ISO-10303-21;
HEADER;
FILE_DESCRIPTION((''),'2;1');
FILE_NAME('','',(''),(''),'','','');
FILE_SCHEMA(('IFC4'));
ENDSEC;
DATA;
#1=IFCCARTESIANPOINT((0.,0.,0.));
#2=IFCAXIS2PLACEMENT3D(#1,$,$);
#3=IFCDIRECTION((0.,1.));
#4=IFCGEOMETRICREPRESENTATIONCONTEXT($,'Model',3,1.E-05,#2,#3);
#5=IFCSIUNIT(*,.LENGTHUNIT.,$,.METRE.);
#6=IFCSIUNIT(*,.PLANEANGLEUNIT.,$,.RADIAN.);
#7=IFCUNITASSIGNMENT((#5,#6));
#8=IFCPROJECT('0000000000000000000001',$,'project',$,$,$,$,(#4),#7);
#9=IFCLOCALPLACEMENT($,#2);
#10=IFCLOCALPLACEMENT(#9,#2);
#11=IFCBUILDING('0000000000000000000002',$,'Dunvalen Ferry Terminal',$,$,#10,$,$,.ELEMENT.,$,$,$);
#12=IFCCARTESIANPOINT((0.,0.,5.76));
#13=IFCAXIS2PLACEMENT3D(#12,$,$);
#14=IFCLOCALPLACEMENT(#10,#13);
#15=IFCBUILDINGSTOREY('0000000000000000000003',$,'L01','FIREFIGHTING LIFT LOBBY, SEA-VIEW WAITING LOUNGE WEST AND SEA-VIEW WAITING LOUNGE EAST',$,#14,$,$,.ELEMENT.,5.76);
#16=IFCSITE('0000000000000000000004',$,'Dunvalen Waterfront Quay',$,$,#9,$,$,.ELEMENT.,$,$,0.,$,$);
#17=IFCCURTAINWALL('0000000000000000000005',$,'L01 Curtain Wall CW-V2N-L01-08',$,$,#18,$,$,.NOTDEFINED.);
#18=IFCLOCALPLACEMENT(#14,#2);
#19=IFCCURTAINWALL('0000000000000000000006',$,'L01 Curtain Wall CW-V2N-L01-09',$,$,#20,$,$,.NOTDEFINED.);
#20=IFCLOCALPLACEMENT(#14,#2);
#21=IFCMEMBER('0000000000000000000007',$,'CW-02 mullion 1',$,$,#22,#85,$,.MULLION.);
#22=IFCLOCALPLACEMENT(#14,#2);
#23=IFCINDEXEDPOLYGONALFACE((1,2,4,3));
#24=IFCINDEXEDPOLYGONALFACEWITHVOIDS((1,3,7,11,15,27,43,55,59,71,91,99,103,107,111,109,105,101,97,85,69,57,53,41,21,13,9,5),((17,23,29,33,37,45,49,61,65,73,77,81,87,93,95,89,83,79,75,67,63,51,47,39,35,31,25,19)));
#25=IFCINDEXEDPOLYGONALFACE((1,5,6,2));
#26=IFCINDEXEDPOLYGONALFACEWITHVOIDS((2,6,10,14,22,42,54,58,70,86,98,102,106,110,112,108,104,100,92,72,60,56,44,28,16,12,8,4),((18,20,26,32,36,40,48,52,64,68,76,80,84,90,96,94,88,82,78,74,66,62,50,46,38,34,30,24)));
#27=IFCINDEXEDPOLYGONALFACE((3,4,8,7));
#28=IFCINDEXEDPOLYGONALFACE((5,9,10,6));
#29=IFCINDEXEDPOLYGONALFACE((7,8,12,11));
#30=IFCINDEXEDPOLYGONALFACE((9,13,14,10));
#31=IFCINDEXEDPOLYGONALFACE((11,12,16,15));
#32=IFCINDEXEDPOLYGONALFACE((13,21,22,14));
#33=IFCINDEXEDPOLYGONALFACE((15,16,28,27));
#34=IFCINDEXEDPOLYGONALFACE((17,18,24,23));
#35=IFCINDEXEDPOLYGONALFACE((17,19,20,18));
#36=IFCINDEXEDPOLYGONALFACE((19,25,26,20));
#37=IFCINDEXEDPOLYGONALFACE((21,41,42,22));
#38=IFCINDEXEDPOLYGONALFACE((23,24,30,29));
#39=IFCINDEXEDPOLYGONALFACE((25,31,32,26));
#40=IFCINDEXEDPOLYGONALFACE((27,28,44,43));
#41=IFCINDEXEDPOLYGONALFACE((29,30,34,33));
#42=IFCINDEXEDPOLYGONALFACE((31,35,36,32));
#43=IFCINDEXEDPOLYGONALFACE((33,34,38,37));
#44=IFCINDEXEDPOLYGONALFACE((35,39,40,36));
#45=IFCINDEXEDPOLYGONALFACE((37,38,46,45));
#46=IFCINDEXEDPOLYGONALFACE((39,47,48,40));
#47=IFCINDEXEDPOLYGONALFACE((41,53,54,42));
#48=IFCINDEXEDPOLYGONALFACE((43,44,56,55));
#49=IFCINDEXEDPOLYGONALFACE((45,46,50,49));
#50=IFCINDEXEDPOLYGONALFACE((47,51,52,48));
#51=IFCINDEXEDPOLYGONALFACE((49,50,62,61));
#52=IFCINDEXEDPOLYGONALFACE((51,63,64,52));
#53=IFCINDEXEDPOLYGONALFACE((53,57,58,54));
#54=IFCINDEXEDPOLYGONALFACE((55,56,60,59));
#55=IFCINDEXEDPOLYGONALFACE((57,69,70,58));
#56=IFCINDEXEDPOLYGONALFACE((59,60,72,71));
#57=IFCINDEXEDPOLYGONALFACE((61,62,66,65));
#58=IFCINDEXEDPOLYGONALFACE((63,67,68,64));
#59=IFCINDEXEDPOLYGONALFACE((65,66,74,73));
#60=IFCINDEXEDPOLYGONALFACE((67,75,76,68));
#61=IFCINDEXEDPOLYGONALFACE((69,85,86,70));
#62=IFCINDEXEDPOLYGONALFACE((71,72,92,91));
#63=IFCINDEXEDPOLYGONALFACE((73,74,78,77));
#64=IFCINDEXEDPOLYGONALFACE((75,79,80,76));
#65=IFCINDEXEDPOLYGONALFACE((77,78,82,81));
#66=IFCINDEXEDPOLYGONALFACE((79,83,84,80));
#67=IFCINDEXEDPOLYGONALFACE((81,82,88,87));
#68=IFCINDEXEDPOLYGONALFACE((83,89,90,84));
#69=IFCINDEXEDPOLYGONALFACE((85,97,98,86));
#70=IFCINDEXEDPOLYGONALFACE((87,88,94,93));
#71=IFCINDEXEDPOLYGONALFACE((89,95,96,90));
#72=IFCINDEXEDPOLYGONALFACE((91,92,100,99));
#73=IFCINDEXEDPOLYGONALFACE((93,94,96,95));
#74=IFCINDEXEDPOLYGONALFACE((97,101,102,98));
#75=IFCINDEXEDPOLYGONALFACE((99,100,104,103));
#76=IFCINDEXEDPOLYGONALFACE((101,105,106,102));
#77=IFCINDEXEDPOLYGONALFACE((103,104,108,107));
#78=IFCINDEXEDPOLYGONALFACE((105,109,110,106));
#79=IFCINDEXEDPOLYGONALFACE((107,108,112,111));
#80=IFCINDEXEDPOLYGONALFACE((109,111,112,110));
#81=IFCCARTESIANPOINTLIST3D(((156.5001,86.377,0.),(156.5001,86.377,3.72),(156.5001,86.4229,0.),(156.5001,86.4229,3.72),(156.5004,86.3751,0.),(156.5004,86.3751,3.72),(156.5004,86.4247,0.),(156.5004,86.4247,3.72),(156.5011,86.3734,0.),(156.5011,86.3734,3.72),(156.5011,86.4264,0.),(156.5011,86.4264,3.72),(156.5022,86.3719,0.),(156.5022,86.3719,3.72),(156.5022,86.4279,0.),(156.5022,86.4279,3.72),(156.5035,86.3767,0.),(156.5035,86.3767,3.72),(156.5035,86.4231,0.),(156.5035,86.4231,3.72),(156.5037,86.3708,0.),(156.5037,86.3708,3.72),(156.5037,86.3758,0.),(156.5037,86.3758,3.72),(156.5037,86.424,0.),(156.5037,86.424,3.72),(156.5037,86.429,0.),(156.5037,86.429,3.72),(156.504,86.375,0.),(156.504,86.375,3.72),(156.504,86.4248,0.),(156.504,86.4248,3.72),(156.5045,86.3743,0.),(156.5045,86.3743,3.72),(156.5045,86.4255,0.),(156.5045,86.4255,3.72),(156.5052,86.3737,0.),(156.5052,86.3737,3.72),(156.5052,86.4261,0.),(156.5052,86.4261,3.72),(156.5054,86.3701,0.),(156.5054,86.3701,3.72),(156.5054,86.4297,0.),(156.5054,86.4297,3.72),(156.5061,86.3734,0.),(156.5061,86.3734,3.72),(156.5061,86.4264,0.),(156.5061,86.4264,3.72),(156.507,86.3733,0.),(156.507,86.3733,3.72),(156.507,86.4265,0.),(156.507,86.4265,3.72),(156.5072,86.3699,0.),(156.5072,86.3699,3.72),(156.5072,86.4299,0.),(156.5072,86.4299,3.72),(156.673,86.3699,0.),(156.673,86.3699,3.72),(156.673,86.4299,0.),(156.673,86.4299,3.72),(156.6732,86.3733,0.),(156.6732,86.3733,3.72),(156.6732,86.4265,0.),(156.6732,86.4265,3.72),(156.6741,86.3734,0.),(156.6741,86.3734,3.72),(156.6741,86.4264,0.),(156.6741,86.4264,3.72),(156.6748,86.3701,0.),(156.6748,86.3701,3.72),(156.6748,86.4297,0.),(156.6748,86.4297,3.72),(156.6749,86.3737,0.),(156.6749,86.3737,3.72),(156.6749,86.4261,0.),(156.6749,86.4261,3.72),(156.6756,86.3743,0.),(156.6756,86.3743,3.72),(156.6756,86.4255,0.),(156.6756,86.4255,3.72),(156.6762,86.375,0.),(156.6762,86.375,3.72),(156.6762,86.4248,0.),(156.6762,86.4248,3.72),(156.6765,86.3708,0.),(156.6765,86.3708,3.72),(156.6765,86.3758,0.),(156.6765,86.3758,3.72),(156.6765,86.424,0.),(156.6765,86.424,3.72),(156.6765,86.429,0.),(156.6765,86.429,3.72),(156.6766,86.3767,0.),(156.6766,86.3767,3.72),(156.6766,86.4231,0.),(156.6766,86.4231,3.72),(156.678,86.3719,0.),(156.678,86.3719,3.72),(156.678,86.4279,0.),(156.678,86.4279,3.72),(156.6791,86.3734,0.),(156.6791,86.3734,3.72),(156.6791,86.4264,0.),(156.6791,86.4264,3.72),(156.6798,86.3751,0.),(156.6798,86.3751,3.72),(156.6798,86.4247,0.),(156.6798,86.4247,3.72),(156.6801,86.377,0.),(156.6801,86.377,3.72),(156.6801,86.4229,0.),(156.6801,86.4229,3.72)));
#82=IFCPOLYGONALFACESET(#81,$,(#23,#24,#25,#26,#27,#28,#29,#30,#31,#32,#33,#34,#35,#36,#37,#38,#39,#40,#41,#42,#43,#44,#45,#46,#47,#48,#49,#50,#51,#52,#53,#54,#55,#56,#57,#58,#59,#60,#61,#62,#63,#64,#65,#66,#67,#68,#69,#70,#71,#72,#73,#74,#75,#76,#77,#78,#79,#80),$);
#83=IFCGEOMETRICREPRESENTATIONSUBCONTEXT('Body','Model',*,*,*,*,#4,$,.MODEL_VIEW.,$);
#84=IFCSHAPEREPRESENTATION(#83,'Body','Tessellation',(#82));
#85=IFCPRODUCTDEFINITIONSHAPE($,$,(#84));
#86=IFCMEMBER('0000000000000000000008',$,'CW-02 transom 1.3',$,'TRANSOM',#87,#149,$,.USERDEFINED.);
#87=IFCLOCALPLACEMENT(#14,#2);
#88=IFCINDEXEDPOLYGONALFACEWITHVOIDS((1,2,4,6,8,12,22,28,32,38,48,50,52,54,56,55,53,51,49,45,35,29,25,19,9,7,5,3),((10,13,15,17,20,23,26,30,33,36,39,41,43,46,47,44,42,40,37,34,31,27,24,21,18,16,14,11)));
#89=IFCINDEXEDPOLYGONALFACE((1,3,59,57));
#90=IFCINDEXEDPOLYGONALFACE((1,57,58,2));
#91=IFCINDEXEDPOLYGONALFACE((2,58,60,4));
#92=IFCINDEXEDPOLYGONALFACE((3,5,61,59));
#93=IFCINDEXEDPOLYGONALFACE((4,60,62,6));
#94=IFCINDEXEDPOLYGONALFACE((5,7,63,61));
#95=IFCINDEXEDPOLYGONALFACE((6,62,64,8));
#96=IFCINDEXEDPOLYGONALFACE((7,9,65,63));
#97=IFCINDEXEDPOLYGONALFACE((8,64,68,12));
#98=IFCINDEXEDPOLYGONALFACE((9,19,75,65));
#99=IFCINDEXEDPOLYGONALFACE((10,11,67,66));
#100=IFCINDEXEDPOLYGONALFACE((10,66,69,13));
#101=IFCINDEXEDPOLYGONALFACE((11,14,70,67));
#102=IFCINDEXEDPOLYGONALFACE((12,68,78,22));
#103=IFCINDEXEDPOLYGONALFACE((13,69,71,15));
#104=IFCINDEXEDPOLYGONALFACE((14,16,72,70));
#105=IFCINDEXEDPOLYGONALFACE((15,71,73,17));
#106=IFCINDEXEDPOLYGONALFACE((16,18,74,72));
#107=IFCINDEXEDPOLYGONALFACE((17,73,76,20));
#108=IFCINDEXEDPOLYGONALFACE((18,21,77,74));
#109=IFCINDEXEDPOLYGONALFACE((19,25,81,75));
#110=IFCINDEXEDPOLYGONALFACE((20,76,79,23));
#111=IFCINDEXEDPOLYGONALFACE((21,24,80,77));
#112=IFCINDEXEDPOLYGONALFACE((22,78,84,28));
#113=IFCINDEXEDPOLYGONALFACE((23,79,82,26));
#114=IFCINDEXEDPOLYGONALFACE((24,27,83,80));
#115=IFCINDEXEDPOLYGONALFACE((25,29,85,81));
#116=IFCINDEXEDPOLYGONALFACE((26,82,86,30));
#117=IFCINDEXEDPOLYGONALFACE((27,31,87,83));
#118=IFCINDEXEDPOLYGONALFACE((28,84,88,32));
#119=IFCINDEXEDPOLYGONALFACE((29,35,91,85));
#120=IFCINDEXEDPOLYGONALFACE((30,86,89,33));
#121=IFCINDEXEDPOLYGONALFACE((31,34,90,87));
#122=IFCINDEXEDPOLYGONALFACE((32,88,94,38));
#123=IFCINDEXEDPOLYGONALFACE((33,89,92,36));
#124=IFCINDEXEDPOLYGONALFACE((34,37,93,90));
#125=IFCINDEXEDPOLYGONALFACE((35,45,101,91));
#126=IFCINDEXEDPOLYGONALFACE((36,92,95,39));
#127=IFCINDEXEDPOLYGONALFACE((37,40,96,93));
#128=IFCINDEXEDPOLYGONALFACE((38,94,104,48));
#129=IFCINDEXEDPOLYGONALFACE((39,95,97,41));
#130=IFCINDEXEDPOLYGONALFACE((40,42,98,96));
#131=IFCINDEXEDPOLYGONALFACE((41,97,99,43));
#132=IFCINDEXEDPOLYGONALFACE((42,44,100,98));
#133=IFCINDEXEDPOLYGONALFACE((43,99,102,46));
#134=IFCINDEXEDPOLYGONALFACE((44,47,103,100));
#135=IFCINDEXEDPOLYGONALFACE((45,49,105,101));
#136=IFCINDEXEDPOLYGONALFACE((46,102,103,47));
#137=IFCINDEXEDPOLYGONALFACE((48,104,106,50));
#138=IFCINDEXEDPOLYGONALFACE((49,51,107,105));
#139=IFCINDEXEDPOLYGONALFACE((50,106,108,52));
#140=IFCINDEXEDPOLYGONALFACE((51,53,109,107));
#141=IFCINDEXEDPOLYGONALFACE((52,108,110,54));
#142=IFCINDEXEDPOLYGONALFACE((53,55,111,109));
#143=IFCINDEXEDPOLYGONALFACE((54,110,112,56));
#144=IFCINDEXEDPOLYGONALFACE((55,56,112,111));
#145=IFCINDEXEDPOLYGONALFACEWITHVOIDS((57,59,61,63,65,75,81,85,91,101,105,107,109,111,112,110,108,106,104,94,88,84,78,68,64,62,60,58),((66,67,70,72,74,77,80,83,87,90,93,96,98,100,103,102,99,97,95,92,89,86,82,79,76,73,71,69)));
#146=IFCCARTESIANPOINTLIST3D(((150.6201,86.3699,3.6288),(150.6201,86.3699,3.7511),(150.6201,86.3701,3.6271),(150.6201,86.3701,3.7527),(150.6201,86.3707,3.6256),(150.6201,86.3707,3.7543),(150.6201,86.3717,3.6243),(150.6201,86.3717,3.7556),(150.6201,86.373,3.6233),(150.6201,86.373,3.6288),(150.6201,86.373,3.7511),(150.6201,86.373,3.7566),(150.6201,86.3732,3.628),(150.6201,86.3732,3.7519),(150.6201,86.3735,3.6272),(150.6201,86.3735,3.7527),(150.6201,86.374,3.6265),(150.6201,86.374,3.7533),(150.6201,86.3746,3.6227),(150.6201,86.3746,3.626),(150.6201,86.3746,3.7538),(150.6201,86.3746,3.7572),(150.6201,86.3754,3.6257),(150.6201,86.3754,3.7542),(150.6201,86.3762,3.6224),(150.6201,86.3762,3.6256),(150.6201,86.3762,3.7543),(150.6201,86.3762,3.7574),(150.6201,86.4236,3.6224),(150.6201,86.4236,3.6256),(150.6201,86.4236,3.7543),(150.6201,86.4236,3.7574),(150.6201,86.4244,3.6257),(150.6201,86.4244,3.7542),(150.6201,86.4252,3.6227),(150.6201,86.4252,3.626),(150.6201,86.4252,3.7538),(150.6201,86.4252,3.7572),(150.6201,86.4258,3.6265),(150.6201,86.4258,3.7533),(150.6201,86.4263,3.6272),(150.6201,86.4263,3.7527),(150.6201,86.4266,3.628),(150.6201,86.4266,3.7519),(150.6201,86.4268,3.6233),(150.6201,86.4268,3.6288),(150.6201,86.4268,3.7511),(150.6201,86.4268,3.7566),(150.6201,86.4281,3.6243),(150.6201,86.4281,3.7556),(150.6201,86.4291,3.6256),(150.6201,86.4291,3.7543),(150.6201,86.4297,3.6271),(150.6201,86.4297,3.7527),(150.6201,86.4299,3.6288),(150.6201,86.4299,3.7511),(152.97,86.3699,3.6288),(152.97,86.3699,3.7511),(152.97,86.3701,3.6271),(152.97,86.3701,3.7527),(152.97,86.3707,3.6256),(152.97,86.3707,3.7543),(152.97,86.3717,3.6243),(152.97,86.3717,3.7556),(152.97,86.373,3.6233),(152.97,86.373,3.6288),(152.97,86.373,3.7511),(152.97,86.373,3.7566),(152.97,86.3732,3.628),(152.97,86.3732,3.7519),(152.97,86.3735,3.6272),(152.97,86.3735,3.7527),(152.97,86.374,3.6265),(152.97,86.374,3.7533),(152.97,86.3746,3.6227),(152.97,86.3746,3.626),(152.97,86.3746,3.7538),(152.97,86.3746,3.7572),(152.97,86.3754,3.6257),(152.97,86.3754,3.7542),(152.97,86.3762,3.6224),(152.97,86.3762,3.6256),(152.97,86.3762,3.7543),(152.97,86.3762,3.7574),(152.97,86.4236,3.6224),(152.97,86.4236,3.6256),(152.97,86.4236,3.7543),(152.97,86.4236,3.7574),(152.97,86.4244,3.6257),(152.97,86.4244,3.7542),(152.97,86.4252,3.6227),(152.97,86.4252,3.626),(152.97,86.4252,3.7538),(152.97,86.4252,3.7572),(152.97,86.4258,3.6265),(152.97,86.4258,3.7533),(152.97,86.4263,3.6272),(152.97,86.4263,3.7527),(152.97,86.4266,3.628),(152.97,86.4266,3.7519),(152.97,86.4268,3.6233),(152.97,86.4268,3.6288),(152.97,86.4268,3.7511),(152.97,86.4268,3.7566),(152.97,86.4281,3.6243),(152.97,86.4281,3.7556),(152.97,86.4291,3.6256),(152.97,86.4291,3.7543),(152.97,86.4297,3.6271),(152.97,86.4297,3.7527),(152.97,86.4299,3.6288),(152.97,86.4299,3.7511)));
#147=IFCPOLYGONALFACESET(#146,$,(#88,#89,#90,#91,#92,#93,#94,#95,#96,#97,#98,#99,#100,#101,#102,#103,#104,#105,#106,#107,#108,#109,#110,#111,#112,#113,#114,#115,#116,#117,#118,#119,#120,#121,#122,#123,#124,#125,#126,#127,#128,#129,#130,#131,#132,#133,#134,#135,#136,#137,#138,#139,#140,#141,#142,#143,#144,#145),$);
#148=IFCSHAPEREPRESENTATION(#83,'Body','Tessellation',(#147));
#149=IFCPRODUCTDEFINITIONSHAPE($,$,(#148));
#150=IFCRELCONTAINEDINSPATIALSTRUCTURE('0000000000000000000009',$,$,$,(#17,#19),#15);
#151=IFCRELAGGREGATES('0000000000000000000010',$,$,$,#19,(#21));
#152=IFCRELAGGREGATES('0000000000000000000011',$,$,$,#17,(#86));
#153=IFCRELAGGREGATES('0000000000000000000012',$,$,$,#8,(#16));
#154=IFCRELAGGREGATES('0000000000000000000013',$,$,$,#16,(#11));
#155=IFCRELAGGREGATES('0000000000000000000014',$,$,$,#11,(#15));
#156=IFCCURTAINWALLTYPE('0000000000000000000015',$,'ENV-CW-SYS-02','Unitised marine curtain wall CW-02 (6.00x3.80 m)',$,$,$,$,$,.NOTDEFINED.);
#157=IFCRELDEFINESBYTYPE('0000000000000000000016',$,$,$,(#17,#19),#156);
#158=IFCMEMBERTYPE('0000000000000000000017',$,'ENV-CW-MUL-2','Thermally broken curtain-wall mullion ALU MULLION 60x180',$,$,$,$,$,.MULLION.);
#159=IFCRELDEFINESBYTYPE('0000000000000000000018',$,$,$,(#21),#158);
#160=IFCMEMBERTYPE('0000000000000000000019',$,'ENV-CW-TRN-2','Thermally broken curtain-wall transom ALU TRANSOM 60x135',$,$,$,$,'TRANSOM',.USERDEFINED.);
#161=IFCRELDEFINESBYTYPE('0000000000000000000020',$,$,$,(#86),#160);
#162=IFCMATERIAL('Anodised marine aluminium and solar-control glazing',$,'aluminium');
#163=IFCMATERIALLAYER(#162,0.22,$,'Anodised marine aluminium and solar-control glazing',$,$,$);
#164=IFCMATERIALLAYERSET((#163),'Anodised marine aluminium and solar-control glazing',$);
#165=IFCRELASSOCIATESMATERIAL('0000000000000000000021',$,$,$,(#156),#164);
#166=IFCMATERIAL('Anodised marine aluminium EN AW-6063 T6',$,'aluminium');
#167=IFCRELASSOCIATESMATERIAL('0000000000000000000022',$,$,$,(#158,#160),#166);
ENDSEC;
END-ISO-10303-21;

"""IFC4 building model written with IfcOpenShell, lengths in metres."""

from ifc_helpers import new_model, si_unit, direction, frame, origin, origin_2d, place, context, subcontext, project, spatial, hollow_rectangle, extrude, material, layer, layer_set, material_profile, profile_set, type_object, element, aggregate, save


model = new_model("IFC4")

# Units and contexts
model_context = context("Model", 3, precision=1e-05, world=origin(), true_north=direction((0.0, 1.0)))
body_context = subcontext(model_context, "Body", "Model", "MODEL_VIEW")
ifc_project = project(units=[si_unit("LENGTHUNIT", "METRE"), si_unit("PLANEANGLEUNIT", "RADIAN")], contexts=[model_context])

# Site, building, storey
site_placement = place(None, origin())
site = spatial("IfcSite", under=ifc_project, at=site_placement, Name="Dunvalen Waterfront Quay", CompositionType="ELEMENT", RefElevation=0.0)
building_placement = place(site_placement, origin())
building = spatial("IfcBuilding", under=site, at=building_placement, Name="Dunvalen Ferry Terminal", CompositionType="ELEMENT")
storey_placement = place(building_placement, frame((0.0, 0.0, 5.76)))
storey = spatial("IfcBuildingStorey", under=building, at=storey_placement, Name="L01", Description="FIREFIGHTING LIFT LOBBY, SEA-VIEW WAITING LOUNGE WEST AND SEA-VIEW WAITING LOUNGE EAST", CompositionType="ELEMENT", Elevation=5.76)

# Curtain wall
ifc_material_1 = material(Name="Anodised marine aluminium and solar-control glazing", Category="aluminium")
ifc_layer_1 = layer(ifc_material_1, 0.22, Name="Anodised marine aluminium and solar-control glazing")
ifc_layer_set_1 = layer_set([ifc_layer_1], Name="Anodised marine aluminium and solar-control glazing")
curtain_wall_type = type_object("IfcCurtainWallType", Name="ENV-CW-SYS-02", Description="Unitised marine curtain wall CW-02 (6.00x3.80 m)", PredefinedType="NOTDEFINED", material=ifc_layer_set_1)
curtain_wall_1_placement = place(storey_placement, origin())
curtain_wall_1 = element("IfcCurtainWall", 1, at=curtain_wall_1_placement, inside=storey, type_object=curtain_wall_type, Name="L01 Curtain Wall CW-V2N-L01-08", PredefinedType="NOTDEFINED")
ifc_material_2 = material(Name="Anodised marine aluminium EN AW-6063 T6", Category="aluminium")
ifc_material_profile_1 = material_profile(ifc_material_2, hollow_rectangle(XDim=0.0601, YDim=0.1799, WallThickness=0.0034, InnerFilletRadius=0.0034, OuterFilletRadius=0.0071, at=origin_2d()), Name="Anodised marine aluminium EN AW-6063 T6")
ifc_profile_set_1 = profile_set([ifc_material_profile_1], Name="Anodised marine aluminium EN AW-6063 T6")
member_type_1 = type_object("IfcMemberType", Name="ENV-CW-MUL-2", Description="Thermally broken curtain-wall mullion ALU MULLION 60x180", PredefinedType="MULLION", material=ifc_profile_set_1)

# Curtain wall, member
curtain_wall_2_placement = place(storey_placement, origin())
curtain_wall_2 = element("IfcCurtainWall", 2, at=curtain_wall_2_placement, inside=storey, type_object=curtain_wall_type, Name="L01 Curtain Wall CW-V2N-L01-09", PredefinedType="NOTDEFINED")
member_1_placement = place(storey_placement, frame((156.5901, 86.3999, 0.0), z_axis=(0.0, 0.0, 1.0), x_axis=(0.0, 1.0, 0.0)))
member_1 = element("IfcMember", 3, at=member_1_placement, type_object=member_type_1, Name="CW-02 mullion 1", PredefinedType="MULLION", context=body_context, shape_type="SweptSolid", body=[
    extrude(hollow_rectangle(XDim=0.0601, YDim=0.1799, WallThickness=0.0034, InnerFilletRadius=0.0034, OuterFilletRadius=0.0071, at=origin_2d()), origin(), (0.0, 0.0, 1.0), 3.72),
])

# Member
ifc_material_profile_2 = material_profile(ifc_material_2, hollow_rectangle(XDim=0.0601, YDim=0.135, WallThickness=0.0032, InnerFilletRadius=0.0032, OuterFilletRadius=0.0063, at=origin_2d()), Name="Anodised marine aluminium EN AW-6063 T6")
ifc_profile_set_2 = profile_set([ifc_material_profile_2], Name="Anodised marine aluminium EN AW-6063 T6")
member_type_2 = type_object("IfcMemberType", Name="ENV-CW-TRN-2", Description="Thermally broken curtain-wall transom ALU TRANSOM 60x135", ElementType="TRANSOM", PredefinedType="USERDEFINED", material=ifc_profile_set_2)
member_2_placement = place(storey_placement, frame((150.6201, 86.3999, 3.6899), z_axis=(1.0, 0.0, 0.0), x_axis=(0.0, 1.0, 0.0)))
member_2 = element("IfcMember", 4, at=member_2_placement, type_object=member_type_2, Name="CW-02 transom 1.3", ObjectType="TRANSOM", PredefinedType="USERDEFINED", context=body_context, shape_type="SweptSolid", body=[
    extrude(hollow_rectangle(XDim=0.0601, YDim=0.135, WallThickness=0.0032, InnerFilletRadius=0.0032, OuterFilletRadius=0.0063, at=origin_2d()), origin(), (0.0, 0.0, 1.0), 2.3499),
])
aggregate(curtain_wall_2, [member_1])

aggregate(curtain_wall_1, [member_2])

save(model, "model.ifc")
